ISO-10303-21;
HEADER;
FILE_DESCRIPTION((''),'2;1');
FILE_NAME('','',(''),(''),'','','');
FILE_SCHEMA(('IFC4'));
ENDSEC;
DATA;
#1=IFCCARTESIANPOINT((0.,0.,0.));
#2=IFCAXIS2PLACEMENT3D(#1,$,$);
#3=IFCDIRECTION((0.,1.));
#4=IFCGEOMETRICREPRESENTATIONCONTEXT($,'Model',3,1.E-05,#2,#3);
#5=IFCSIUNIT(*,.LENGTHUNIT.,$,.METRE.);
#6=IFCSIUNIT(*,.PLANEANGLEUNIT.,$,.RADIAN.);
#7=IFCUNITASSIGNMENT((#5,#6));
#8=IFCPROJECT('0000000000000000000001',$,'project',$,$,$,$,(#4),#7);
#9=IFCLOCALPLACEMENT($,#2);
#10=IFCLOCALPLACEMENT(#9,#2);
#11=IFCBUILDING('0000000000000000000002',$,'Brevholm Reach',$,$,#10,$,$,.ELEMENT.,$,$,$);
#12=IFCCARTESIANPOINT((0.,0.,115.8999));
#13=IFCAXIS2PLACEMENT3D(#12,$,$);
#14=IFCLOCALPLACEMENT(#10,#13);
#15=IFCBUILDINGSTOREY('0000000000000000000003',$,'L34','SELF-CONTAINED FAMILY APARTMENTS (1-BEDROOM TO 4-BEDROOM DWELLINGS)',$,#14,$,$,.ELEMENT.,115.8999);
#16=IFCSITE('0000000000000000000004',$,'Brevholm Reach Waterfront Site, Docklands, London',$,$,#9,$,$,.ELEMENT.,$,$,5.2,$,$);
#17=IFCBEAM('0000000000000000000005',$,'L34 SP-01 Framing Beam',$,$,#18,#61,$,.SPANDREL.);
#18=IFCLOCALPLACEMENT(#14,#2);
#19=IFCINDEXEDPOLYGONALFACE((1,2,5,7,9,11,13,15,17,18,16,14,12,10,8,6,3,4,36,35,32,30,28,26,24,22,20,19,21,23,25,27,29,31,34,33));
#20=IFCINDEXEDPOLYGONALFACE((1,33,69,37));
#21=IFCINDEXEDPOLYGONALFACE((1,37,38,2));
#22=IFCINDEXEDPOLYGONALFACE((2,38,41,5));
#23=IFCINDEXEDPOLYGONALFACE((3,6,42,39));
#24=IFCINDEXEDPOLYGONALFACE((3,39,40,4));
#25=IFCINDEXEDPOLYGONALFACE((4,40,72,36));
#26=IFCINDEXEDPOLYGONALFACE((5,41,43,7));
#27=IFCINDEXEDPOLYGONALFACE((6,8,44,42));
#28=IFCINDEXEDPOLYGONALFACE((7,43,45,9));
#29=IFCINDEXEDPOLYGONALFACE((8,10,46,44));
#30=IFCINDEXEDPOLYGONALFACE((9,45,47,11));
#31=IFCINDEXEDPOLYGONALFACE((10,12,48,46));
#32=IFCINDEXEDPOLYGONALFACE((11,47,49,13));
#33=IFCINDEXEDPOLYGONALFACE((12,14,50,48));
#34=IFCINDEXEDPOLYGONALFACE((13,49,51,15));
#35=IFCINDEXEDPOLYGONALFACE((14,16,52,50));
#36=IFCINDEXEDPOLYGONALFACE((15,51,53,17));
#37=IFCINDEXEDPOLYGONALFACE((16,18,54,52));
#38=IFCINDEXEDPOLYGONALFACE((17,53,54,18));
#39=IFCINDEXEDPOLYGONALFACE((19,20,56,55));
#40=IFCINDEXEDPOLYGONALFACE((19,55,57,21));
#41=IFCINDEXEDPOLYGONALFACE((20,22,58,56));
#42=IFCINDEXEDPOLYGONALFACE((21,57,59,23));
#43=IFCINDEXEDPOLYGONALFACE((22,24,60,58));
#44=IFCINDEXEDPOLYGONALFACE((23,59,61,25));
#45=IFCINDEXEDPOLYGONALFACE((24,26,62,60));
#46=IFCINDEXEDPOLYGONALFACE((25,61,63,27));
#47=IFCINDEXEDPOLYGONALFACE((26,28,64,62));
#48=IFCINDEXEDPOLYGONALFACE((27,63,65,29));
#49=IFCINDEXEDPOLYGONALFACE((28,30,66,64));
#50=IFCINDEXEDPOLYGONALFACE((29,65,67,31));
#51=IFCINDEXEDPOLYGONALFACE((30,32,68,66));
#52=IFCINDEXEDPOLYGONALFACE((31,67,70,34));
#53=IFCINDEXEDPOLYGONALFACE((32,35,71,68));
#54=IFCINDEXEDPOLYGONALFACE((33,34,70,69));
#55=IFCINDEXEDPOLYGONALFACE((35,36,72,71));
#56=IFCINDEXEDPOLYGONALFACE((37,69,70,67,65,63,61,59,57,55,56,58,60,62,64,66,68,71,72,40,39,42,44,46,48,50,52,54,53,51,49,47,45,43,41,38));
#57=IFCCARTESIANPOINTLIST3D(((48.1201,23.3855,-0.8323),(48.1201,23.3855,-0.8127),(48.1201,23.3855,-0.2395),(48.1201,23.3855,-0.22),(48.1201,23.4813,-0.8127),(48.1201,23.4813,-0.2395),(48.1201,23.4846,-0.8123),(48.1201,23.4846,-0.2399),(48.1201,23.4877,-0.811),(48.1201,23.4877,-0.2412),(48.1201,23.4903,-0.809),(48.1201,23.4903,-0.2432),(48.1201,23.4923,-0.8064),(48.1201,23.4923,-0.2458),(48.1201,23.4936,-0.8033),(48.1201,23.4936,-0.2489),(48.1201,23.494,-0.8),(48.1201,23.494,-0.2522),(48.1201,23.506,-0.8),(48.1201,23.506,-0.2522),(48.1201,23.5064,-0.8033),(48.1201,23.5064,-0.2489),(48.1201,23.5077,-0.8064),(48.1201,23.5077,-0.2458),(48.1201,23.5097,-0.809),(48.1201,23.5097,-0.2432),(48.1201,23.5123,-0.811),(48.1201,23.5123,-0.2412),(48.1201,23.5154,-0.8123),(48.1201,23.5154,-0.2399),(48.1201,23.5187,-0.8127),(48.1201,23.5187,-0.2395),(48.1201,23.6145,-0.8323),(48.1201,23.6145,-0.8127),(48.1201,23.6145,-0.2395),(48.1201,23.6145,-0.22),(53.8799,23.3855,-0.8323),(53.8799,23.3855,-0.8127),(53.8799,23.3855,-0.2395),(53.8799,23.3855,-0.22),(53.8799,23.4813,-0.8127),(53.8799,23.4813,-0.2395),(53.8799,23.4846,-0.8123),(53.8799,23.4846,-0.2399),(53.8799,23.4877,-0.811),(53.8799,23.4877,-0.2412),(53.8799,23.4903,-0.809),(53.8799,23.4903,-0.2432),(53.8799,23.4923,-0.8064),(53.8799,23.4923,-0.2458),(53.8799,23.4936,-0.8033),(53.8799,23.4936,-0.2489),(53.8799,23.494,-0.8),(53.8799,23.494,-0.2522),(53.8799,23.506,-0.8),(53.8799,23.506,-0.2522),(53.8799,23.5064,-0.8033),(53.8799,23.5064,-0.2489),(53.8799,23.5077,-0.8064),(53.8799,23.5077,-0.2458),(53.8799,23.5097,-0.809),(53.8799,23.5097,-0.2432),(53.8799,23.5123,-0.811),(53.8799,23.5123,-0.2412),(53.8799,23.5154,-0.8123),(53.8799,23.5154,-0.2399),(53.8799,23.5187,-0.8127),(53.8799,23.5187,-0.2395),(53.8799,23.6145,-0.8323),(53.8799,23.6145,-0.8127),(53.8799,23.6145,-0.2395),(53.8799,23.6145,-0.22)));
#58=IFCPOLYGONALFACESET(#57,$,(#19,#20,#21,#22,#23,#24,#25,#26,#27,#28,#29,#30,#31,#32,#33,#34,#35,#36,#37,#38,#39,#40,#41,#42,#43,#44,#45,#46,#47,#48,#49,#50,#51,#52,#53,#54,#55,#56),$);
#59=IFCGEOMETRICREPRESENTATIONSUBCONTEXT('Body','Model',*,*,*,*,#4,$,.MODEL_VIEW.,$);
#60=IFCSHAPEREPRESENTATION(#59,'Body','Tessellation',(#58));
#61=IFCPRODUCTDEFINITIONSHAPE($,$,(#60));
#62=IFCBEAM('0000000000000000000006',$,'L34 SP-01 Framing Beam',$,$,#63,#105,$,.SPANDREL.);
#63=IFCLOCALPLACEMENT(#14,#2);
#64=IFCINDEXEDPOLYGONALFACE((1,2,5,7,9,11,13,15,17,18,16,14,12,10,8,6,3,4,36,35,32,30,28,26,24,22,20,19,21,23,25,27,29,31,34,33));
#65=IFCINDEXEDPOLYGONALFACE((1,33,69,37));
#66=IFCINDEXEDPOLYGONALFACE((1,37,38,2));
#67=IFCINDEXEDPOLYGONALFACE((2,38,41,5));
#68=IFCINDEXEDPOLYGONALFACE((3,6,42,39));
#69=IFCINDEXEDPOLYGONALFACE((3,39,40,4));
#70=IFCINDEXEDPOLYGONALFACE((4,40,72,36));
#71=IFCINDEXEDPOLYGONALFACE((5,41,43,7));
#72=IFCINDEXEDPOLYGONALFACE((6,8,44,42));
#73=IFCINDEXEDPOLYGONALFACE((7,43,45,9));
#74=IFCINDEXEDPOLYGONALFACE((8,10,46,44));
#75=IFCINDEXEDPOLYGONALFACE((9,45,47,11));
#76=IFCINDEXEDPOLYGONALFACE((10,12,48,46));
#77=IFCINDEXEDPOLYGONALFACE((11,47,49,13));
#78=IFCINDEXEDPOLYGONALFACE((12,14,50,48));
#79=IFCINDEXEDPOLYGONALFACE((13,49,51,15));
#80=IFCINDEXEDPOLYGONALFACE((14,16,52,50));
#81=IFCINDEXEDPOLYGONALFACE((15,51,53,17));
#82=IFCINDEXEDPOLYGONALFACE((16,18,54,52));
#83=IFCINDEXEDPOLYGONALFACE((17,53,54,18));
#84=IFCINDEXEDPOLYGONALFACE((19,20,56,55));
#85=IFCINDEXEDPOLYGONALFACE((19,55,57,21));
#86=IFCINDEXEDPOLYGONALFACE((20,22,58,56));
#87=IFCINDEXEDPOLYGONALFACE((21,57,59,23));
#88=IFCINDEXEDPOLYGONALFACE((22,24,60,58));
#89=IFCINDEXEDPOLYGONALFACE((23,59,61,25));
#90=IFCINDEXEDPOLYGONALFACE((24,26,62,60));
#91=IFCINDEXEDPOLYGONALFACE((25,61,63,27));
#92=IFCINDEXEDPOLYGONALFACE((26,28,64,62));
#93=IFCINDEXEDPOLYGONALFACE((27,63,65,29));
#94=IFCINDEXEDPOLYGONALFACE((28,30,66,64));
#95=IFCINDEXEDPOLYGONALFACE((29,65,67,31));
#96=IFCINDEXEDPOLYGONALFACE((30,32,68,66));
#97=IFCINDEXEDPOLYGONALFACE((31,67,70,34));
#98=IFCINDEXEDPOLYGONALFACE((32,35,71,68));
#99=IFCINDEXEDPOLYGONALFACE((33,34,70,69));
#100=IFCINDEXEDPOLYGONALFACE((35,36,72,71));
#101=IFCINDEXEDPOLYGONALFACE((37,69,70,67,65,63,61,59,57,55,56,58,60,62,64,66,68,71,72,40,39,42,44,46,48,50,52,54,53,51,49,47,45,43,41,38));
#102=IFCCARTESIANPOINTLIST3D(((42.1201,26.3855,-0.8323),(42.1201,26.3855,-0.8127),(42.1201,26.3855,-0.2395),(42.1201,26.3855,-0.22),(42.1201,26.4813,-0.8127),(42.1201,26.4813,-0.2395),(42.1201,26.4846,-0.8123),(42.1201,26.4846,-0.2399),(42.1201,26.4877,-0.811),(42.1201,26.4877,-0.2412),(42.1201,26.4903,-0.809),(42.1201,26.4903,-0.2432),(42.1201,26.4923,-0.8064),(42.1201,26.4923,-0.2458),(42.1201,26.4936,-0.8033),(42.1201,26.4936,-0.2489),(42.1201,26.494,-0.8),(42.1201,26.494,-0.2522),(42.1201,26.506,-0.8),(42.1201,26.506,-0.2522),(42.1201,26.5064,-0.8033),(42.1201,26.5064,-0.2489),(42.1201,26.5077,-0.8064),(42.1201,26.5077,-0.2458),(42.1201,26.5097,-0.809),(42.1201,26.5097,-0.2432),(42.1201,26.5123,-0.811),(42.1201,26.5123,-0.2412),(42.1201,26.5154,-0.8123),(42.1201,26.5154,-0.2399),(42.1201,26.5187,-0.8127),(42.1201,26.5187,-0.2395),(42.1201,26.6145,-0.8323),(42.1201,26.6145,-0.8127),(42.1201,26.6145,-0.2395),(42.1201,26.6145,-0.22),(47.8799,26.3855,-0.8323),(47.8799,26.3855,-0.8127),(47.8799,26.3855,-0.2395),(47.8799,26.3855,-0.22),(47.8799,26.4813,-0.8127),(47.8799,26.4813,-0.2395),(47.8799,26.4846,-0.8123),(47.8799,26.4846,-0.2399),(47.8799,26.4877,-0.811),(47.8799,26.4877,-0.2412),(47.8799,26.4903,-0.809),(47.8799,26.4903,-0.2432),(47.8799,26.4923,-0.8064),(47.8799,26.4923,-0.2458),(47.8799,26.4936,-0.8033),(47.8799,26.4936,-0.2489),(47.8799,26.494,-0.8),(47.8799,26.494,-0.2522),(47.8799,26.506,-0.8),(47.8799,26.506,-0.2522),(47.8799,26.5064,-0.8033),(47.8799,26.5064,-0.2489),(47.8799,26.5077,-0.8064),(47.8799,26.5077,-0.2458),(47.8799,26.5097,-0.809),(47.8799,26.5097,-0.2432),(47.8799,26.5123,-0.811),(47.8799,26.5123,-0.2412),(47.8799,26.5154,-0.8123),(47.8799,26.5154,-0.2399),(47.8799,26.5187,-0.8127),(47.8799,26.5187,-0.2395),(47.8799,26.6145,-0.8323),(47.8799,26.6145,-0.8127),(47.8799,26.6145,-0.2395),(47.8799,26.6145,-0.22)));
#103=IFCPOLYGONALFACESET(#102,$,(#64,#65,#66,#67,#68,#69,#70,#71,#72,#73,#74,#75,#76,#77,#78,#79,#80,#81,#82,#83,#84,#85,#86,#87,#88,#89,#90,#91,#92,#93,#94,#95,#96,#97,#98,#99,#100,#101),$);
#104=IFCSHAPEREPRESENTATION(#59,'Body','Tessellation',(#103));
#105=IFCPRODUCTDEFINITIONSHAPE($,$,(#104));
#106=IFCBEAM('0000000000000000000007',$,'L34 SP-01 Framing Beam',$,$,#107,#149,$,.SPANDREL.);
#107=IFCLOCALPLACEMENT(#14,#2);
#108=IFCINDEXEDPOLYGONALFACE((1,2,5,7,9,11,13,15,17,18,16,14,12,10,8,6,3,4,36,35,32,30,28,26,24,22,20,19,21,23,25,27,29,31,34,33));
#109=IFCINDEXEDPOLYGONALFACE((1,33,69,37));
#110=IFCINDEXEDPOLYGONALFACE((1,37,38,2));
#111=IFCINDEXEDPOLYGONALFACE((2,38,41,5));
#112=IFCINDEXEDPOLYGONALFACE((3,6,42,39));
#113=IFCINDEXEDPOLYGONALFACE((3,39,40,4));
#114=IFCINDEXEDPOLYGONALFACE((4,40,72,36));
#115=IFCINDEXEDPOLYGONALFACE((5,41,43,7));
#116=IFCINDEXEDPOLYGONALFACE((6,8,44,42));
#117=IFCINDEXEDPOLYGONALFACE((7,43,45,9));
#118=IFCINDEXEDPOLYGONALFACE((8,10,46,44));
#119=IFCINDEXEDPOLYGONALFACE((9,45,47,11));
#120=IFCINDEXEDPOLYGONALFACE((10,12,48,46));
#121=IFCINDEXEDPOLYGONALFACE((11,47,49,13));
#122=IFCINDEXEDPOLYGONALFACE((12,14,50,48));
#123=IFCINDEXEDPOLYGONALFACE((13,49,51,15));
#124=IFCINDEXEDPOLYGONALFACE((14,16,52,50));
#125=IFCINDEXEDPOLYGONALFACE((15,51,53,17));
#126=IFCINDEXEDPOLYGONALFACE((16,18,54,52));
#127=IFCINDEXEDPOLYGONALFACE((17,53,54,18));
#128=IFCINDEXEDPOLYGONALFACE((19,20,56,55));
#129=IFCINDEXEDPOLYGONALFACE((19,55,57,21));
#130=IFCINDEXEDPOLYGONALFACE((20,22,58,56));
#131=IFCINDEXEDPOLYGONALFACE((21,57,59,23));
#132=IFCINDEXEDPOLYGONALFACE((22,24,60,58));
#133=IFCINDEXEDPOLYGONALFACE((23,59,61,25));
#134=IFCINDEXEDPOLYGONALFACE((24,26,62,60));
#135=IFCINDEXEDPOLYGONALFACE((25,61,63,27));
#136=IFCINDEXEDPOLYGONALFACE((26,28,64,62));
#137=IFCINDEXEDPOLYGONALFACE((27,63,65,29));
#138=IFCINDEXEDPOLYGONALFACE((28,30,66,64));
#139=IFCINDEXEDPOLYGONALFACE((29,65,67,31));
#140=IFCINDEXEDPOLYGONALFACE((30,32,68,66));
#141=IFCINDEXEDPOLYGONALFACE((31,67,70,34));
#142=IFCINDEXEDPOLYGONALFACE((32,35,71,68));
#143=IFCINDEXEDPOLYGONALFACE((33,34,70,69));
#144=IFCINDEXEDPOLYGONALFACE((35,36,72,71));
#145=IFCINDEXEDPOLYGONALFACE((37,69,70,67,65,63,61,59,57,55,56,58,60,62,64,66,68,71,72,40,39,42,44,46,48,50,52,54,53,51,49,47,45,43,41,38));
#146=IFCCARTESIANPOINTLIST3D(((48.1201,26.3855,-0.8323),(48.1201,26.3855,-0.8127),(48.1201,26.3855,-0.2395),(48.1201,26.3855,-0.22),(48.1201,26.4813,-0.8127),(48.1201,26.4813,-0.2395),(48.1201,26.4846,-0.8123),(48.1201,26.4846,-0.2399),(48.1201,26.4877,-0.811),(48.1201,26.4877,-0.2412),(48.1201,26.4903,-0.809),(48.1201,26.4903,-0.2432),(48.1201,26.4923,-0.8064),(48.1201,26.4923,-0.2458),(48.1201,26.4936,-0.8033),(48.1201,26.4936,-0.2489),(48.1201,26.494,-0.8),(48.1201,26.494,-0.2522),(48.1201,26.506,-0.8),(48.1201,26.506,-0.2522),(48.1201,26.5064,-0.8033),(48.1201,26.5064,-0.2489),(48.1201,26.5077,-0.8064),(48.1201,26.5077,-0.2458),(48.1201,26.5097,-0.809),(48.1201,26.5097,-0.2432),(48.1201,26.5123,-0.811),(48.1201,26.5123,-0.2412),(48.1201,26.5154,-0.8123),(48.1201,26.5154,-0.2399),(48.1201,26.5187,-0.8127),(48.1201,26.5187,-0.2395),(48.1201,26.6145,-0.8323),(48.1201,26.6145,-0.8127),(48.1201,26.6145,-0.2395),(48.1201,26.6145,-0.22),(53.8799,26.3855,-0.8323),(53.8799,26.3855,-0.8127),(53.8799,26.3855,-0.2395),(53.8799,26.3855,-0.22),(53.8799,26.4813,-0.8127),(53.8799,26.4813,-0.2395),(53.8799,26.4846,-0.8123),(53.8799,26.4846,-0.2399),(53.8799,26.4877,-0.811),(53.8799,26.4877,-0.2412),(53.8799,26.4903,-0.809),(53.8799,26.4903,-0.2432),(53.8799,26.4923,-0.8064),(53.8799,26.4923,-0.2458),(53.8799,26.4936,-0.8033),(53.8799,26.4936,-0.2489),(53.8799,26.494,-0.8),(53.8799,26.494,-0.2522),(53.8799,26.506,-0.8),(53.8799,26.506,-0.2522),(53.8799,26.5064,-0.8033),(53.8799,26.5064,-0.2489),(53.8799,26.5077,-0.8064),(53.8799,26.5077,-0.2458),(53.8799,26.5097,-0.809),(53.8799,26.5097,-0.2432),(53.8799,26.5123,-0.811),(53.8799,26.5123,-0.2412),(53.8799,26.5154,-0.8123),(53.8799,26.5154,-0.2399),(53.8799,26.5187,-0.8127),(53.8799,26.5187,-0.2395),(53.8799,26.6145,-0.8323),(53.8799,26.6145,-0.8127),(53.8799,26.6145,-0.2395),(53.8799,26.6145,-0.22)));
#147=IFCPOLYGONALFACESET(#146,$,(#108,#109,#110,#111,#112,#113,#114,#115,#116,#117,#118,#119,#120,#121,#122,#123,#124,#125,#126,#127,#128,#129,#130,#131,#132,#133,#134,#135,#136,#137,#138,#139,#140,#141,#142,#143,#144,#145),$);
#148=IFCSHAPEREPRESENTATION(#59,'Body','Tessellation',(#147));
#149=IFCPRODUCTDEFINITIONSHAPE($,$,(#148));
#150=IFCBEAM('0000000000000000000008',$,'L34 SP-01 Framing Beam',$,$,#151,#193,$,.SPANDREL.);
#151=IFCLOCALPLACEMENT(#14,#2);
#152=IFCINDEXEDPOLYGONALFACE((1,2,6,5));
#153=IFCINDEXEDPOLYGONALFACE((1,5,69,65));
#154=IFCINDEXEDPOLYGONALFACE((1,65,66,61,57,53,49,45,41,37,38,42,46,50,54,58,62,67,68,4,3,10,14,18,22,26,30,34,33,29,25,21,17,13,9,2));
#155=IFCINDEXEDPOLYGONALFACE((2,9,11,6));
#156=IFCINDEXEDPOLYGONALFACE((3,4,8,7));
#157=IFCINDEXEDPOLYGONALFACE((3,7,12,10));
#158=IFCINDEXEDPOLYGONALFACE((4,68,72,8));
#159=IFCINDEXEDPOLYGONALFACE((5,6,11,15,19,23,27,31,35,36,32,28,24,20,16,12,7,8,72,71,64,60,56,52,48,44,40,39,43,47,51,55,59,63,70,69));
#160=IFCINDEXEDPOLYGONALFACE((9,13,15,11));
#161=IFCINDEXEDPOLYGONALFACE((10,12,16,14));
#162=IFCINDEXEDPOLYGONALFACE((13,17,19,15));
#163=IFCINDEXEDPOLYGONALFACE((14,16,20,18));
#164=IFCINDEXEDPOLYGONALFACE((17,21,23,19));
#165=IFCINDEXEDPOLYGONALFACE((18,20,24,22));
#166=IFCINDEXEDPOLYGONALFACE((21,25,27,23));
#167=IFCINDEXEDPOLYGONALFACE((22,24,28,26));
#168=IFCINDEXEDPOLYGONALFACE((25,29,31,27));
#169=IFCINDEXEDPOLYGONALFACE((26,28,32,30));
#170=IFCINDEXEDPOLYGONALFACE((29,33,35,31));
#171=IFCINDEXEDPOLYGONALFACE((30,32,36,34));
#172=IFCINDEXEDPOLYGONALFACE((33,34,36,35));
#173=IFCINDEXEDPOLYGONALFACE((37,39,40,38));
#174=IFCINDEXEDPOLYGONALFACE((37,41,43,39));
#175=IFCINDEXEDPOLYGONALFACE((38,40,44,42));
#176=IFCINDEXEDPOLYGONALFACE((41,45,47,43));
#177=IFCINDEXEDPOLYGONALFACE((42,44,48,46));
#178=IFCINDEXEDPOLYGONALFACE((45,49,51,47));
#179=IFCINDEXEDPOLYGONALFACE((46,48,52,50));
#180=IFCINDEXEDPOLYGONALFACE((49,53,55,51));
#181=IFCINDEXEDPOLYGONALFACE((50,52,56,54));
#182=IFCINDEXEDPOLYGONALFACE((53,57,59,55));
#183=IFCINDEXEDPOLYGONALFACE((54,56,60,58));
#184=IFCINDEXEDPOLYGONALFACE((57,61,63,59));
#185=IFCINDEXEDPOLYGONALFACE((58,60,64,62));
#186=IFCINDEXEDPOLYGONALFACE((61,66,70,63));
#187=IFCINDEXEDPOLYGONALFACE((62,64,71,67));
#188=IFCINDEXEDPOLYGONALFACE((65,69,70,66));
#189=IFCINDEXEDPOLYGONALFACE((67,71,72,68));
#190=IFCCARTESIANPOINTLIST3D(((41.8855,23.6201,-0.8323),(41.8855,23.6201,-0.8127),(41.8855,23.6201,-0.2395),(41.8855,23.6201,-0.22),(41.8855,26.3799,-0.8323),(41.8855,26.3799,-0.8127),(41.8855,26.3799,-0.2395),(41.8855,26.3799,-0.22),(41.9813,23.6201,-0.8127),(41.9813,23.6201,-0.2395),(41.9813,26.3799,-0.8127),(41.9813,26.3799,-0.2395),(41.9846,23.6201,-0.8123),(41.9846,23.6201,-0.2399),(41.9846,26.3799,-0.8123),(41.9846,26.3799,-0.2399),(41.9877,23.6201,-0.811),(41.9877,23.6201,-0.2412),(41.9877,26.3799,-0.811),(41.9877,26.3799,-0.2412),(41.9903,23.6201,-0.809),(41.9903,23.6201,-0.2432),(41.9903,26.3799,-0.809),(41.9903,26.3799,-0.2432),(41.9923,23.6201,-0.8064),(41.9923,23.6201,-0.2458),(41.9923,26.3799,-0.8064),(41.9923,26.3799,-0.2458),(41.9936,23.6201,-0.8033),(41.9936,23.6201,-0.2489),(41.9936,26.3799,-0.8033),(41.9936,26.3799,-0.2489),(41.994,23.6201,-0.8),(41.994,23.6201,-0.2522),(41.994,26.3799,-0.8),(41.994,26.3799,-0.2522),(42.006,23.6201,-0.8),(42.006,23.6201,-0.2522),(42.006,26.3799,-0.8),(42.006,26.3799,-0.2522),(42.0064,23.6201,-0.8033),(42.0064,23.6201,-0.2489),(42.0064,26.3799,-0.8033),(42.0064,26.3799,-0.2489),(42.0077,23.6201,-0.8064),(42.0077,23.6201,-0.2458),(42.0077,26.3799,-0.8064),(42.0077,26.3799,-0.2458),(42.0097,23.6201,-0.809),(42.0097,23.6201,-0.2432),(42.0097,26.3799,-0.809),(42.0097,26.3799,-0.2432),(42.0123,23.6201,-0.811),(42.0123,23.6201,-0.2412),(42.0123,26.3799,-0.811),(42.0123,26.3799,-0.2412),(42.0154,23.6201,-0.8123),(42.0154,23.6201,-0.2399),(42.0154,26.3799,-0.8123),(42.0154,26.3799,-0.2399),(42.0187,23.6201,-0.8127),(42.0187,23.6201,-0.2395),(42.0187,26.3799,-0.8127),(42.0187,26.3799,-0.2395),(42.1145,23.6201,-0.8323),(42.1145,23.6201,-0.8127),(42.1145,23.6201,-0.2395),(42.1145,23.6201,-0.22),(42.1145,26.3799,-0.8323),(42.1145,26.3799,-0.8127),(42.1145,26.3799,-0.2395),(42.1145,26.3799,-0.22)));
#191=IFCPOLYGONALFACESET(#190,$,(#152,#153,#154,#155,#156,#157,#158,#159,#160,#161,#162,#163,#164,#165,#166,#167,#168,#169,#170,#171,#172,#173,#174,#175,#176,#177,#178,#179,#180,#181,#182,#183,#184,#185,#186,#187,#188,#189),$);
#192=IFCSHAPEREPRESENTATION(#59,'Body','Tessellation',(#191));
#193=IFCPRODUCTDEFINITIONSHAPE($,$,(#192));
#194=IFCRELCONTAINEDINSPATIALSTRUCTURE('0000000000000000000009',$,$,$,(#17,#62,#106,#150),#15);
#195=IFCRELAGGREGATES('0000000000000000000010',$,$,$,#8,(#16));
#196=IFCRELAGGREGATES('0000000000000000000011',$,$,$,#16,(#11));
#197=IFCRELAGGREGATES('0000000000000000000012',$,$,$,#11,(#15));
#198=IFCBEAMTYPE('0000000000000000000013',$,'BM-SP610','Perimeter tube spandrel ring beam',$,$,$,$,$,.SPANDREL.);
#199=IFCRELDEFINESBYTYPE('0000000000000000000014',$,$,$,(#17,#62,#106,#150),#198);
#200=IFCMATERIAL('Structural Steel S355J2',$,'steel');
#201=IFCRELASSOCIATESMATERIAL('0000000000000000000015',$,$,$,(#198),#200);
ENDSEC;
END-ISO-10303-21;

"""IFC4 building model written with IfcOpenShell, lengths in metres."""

from ifc_helpers import new_model, si_unit, direction, frame, origin, origin_2d, place, context, subcontext, project, spatial, i_section, extrude, material, material_profile, profile_set, type_object, element, save


model = new_model("IFC4")

# Units and contexts
model_context = context("Model", 3, precision=1e-05, world=origin(), true_north=direction((0.0, 1.0)))
body_context = subcontext(model_context, "Body", "Model", "MODEL_VIEW")
ifc_project = project(units=[si_unit("LENGTHUNIT", "METRE"), si_unit("PLANEANGLEUNIT", "RADIAN")], contexts=[model_context])

# Site, building, storey
site_placement = place(None, origin())
site = spatial("IfcSite", under=ifc_project, at=site_placement, Name="Brevholm Reach Waterfront Site, Docklands, London", CompositionType="ELEMENT", RefElevation=5.2)
building_placement = place(site_placement, origin())
building = spatial("IfcBuilding", under=site, at=building_placement, Name="Brevholm Reach", CompositionType="ELEMENT")
storey_placement = place(building_placement, frame((0.0, 0.0, 115.8999)))
storey = spatial("IfcBuildingStorey", under=building, at=storey_placement, Name="L34", Description="SELF-CONTAINED FAMILY APARTMENTS (1-BEDROOM TO 4-BEDROOM DWELLINGS)", CompositionType="ELEMENT", Elevation=115.8999)

# Beams
ifc_material_1 = material(Name="Structural Steel S355J2", Category="steel")
ifc_material_profile_1 = material_profile(ifc_material_1, i_section(OverallWidth=0.229, OverallDepth=0.6123, WebThickness=0.012, FlangeThickness=0.0195, FilletRadius=0.0127, at=origin_2d()), Name="UKB 610x229x125")
ifc_profile_set_1 = profile_set([ifc_material_profile_1], Name="Structural Steel S355J2")
beam_type_1 = type_object("IfcBeamType", Name="BM-SP610", Description="Perimeter tube spandrel ring beam", PredefinedType="SPANDREL", material=ifc_profile_set_1)
for number, where, z_axis, x_axis, name in (
    (1, (48.1201, 23.5, -0.5261), (1.0, 0.0, 0.0), (0.0, 1.0, 0.0), "L34 SP-01 Framing Beam"),
    (2, (42.1201, 26.5, -0.5261), (1.0, 0.0, 0.0), (0.0, 1.0, 0.0), "L34 SP-01 Framing Beam"),
    (3, (48.1201, 26.5, -0.5261), (1.0, 0.0, 0.0), (0.0, 1.0, 0.0), "L34 SP-01 Framing Beam"),
):
    element("IfcBeam", number, at=place(storey_placement, frame(where, z_axis=z_axis, x_axis=x_axis)), inside=storey, type_object=beam_type_1, Name=name, PredefinedType="SPANDREL", context=body_context, shape_type="SweptSolid", body=[
        extrude(i_section(OverallWidth=0.229, OverallDepth=0.6123, WebThickness=0.012, FlangeThickness=0.0195, FilletRadius=0.0127, at=origin_2d()), origin(), (0.0, 0.0, 1.0), 5.7598),
    ])
beam_1_placement = place(storey_placement, frame((42.0, 23.6201, -0.5261), z_axis=(0.0, 1.0, 0.0), x_axis=(-1.0, 0.0, 0.0)))
element("IfcBeam", 4, at=beam_1_placement, inside=storey, type_object=beam_type_1, Name="L34 SP-01 Framing Beam", PredefinedType="SPANDREL", context=body_context, shape_type="SweptSolid", body=[
    extrude(i_section(OverallWidth=0.229, OverallDepth=0.6123, WebThickness=0.012, FlangeThickness=0.0195, FilletRadius=0.0127, at=origin_2d()), origin(), (0.0, 0.0, 1.0), 2.7598),
])

save(model, "model.ifc")
